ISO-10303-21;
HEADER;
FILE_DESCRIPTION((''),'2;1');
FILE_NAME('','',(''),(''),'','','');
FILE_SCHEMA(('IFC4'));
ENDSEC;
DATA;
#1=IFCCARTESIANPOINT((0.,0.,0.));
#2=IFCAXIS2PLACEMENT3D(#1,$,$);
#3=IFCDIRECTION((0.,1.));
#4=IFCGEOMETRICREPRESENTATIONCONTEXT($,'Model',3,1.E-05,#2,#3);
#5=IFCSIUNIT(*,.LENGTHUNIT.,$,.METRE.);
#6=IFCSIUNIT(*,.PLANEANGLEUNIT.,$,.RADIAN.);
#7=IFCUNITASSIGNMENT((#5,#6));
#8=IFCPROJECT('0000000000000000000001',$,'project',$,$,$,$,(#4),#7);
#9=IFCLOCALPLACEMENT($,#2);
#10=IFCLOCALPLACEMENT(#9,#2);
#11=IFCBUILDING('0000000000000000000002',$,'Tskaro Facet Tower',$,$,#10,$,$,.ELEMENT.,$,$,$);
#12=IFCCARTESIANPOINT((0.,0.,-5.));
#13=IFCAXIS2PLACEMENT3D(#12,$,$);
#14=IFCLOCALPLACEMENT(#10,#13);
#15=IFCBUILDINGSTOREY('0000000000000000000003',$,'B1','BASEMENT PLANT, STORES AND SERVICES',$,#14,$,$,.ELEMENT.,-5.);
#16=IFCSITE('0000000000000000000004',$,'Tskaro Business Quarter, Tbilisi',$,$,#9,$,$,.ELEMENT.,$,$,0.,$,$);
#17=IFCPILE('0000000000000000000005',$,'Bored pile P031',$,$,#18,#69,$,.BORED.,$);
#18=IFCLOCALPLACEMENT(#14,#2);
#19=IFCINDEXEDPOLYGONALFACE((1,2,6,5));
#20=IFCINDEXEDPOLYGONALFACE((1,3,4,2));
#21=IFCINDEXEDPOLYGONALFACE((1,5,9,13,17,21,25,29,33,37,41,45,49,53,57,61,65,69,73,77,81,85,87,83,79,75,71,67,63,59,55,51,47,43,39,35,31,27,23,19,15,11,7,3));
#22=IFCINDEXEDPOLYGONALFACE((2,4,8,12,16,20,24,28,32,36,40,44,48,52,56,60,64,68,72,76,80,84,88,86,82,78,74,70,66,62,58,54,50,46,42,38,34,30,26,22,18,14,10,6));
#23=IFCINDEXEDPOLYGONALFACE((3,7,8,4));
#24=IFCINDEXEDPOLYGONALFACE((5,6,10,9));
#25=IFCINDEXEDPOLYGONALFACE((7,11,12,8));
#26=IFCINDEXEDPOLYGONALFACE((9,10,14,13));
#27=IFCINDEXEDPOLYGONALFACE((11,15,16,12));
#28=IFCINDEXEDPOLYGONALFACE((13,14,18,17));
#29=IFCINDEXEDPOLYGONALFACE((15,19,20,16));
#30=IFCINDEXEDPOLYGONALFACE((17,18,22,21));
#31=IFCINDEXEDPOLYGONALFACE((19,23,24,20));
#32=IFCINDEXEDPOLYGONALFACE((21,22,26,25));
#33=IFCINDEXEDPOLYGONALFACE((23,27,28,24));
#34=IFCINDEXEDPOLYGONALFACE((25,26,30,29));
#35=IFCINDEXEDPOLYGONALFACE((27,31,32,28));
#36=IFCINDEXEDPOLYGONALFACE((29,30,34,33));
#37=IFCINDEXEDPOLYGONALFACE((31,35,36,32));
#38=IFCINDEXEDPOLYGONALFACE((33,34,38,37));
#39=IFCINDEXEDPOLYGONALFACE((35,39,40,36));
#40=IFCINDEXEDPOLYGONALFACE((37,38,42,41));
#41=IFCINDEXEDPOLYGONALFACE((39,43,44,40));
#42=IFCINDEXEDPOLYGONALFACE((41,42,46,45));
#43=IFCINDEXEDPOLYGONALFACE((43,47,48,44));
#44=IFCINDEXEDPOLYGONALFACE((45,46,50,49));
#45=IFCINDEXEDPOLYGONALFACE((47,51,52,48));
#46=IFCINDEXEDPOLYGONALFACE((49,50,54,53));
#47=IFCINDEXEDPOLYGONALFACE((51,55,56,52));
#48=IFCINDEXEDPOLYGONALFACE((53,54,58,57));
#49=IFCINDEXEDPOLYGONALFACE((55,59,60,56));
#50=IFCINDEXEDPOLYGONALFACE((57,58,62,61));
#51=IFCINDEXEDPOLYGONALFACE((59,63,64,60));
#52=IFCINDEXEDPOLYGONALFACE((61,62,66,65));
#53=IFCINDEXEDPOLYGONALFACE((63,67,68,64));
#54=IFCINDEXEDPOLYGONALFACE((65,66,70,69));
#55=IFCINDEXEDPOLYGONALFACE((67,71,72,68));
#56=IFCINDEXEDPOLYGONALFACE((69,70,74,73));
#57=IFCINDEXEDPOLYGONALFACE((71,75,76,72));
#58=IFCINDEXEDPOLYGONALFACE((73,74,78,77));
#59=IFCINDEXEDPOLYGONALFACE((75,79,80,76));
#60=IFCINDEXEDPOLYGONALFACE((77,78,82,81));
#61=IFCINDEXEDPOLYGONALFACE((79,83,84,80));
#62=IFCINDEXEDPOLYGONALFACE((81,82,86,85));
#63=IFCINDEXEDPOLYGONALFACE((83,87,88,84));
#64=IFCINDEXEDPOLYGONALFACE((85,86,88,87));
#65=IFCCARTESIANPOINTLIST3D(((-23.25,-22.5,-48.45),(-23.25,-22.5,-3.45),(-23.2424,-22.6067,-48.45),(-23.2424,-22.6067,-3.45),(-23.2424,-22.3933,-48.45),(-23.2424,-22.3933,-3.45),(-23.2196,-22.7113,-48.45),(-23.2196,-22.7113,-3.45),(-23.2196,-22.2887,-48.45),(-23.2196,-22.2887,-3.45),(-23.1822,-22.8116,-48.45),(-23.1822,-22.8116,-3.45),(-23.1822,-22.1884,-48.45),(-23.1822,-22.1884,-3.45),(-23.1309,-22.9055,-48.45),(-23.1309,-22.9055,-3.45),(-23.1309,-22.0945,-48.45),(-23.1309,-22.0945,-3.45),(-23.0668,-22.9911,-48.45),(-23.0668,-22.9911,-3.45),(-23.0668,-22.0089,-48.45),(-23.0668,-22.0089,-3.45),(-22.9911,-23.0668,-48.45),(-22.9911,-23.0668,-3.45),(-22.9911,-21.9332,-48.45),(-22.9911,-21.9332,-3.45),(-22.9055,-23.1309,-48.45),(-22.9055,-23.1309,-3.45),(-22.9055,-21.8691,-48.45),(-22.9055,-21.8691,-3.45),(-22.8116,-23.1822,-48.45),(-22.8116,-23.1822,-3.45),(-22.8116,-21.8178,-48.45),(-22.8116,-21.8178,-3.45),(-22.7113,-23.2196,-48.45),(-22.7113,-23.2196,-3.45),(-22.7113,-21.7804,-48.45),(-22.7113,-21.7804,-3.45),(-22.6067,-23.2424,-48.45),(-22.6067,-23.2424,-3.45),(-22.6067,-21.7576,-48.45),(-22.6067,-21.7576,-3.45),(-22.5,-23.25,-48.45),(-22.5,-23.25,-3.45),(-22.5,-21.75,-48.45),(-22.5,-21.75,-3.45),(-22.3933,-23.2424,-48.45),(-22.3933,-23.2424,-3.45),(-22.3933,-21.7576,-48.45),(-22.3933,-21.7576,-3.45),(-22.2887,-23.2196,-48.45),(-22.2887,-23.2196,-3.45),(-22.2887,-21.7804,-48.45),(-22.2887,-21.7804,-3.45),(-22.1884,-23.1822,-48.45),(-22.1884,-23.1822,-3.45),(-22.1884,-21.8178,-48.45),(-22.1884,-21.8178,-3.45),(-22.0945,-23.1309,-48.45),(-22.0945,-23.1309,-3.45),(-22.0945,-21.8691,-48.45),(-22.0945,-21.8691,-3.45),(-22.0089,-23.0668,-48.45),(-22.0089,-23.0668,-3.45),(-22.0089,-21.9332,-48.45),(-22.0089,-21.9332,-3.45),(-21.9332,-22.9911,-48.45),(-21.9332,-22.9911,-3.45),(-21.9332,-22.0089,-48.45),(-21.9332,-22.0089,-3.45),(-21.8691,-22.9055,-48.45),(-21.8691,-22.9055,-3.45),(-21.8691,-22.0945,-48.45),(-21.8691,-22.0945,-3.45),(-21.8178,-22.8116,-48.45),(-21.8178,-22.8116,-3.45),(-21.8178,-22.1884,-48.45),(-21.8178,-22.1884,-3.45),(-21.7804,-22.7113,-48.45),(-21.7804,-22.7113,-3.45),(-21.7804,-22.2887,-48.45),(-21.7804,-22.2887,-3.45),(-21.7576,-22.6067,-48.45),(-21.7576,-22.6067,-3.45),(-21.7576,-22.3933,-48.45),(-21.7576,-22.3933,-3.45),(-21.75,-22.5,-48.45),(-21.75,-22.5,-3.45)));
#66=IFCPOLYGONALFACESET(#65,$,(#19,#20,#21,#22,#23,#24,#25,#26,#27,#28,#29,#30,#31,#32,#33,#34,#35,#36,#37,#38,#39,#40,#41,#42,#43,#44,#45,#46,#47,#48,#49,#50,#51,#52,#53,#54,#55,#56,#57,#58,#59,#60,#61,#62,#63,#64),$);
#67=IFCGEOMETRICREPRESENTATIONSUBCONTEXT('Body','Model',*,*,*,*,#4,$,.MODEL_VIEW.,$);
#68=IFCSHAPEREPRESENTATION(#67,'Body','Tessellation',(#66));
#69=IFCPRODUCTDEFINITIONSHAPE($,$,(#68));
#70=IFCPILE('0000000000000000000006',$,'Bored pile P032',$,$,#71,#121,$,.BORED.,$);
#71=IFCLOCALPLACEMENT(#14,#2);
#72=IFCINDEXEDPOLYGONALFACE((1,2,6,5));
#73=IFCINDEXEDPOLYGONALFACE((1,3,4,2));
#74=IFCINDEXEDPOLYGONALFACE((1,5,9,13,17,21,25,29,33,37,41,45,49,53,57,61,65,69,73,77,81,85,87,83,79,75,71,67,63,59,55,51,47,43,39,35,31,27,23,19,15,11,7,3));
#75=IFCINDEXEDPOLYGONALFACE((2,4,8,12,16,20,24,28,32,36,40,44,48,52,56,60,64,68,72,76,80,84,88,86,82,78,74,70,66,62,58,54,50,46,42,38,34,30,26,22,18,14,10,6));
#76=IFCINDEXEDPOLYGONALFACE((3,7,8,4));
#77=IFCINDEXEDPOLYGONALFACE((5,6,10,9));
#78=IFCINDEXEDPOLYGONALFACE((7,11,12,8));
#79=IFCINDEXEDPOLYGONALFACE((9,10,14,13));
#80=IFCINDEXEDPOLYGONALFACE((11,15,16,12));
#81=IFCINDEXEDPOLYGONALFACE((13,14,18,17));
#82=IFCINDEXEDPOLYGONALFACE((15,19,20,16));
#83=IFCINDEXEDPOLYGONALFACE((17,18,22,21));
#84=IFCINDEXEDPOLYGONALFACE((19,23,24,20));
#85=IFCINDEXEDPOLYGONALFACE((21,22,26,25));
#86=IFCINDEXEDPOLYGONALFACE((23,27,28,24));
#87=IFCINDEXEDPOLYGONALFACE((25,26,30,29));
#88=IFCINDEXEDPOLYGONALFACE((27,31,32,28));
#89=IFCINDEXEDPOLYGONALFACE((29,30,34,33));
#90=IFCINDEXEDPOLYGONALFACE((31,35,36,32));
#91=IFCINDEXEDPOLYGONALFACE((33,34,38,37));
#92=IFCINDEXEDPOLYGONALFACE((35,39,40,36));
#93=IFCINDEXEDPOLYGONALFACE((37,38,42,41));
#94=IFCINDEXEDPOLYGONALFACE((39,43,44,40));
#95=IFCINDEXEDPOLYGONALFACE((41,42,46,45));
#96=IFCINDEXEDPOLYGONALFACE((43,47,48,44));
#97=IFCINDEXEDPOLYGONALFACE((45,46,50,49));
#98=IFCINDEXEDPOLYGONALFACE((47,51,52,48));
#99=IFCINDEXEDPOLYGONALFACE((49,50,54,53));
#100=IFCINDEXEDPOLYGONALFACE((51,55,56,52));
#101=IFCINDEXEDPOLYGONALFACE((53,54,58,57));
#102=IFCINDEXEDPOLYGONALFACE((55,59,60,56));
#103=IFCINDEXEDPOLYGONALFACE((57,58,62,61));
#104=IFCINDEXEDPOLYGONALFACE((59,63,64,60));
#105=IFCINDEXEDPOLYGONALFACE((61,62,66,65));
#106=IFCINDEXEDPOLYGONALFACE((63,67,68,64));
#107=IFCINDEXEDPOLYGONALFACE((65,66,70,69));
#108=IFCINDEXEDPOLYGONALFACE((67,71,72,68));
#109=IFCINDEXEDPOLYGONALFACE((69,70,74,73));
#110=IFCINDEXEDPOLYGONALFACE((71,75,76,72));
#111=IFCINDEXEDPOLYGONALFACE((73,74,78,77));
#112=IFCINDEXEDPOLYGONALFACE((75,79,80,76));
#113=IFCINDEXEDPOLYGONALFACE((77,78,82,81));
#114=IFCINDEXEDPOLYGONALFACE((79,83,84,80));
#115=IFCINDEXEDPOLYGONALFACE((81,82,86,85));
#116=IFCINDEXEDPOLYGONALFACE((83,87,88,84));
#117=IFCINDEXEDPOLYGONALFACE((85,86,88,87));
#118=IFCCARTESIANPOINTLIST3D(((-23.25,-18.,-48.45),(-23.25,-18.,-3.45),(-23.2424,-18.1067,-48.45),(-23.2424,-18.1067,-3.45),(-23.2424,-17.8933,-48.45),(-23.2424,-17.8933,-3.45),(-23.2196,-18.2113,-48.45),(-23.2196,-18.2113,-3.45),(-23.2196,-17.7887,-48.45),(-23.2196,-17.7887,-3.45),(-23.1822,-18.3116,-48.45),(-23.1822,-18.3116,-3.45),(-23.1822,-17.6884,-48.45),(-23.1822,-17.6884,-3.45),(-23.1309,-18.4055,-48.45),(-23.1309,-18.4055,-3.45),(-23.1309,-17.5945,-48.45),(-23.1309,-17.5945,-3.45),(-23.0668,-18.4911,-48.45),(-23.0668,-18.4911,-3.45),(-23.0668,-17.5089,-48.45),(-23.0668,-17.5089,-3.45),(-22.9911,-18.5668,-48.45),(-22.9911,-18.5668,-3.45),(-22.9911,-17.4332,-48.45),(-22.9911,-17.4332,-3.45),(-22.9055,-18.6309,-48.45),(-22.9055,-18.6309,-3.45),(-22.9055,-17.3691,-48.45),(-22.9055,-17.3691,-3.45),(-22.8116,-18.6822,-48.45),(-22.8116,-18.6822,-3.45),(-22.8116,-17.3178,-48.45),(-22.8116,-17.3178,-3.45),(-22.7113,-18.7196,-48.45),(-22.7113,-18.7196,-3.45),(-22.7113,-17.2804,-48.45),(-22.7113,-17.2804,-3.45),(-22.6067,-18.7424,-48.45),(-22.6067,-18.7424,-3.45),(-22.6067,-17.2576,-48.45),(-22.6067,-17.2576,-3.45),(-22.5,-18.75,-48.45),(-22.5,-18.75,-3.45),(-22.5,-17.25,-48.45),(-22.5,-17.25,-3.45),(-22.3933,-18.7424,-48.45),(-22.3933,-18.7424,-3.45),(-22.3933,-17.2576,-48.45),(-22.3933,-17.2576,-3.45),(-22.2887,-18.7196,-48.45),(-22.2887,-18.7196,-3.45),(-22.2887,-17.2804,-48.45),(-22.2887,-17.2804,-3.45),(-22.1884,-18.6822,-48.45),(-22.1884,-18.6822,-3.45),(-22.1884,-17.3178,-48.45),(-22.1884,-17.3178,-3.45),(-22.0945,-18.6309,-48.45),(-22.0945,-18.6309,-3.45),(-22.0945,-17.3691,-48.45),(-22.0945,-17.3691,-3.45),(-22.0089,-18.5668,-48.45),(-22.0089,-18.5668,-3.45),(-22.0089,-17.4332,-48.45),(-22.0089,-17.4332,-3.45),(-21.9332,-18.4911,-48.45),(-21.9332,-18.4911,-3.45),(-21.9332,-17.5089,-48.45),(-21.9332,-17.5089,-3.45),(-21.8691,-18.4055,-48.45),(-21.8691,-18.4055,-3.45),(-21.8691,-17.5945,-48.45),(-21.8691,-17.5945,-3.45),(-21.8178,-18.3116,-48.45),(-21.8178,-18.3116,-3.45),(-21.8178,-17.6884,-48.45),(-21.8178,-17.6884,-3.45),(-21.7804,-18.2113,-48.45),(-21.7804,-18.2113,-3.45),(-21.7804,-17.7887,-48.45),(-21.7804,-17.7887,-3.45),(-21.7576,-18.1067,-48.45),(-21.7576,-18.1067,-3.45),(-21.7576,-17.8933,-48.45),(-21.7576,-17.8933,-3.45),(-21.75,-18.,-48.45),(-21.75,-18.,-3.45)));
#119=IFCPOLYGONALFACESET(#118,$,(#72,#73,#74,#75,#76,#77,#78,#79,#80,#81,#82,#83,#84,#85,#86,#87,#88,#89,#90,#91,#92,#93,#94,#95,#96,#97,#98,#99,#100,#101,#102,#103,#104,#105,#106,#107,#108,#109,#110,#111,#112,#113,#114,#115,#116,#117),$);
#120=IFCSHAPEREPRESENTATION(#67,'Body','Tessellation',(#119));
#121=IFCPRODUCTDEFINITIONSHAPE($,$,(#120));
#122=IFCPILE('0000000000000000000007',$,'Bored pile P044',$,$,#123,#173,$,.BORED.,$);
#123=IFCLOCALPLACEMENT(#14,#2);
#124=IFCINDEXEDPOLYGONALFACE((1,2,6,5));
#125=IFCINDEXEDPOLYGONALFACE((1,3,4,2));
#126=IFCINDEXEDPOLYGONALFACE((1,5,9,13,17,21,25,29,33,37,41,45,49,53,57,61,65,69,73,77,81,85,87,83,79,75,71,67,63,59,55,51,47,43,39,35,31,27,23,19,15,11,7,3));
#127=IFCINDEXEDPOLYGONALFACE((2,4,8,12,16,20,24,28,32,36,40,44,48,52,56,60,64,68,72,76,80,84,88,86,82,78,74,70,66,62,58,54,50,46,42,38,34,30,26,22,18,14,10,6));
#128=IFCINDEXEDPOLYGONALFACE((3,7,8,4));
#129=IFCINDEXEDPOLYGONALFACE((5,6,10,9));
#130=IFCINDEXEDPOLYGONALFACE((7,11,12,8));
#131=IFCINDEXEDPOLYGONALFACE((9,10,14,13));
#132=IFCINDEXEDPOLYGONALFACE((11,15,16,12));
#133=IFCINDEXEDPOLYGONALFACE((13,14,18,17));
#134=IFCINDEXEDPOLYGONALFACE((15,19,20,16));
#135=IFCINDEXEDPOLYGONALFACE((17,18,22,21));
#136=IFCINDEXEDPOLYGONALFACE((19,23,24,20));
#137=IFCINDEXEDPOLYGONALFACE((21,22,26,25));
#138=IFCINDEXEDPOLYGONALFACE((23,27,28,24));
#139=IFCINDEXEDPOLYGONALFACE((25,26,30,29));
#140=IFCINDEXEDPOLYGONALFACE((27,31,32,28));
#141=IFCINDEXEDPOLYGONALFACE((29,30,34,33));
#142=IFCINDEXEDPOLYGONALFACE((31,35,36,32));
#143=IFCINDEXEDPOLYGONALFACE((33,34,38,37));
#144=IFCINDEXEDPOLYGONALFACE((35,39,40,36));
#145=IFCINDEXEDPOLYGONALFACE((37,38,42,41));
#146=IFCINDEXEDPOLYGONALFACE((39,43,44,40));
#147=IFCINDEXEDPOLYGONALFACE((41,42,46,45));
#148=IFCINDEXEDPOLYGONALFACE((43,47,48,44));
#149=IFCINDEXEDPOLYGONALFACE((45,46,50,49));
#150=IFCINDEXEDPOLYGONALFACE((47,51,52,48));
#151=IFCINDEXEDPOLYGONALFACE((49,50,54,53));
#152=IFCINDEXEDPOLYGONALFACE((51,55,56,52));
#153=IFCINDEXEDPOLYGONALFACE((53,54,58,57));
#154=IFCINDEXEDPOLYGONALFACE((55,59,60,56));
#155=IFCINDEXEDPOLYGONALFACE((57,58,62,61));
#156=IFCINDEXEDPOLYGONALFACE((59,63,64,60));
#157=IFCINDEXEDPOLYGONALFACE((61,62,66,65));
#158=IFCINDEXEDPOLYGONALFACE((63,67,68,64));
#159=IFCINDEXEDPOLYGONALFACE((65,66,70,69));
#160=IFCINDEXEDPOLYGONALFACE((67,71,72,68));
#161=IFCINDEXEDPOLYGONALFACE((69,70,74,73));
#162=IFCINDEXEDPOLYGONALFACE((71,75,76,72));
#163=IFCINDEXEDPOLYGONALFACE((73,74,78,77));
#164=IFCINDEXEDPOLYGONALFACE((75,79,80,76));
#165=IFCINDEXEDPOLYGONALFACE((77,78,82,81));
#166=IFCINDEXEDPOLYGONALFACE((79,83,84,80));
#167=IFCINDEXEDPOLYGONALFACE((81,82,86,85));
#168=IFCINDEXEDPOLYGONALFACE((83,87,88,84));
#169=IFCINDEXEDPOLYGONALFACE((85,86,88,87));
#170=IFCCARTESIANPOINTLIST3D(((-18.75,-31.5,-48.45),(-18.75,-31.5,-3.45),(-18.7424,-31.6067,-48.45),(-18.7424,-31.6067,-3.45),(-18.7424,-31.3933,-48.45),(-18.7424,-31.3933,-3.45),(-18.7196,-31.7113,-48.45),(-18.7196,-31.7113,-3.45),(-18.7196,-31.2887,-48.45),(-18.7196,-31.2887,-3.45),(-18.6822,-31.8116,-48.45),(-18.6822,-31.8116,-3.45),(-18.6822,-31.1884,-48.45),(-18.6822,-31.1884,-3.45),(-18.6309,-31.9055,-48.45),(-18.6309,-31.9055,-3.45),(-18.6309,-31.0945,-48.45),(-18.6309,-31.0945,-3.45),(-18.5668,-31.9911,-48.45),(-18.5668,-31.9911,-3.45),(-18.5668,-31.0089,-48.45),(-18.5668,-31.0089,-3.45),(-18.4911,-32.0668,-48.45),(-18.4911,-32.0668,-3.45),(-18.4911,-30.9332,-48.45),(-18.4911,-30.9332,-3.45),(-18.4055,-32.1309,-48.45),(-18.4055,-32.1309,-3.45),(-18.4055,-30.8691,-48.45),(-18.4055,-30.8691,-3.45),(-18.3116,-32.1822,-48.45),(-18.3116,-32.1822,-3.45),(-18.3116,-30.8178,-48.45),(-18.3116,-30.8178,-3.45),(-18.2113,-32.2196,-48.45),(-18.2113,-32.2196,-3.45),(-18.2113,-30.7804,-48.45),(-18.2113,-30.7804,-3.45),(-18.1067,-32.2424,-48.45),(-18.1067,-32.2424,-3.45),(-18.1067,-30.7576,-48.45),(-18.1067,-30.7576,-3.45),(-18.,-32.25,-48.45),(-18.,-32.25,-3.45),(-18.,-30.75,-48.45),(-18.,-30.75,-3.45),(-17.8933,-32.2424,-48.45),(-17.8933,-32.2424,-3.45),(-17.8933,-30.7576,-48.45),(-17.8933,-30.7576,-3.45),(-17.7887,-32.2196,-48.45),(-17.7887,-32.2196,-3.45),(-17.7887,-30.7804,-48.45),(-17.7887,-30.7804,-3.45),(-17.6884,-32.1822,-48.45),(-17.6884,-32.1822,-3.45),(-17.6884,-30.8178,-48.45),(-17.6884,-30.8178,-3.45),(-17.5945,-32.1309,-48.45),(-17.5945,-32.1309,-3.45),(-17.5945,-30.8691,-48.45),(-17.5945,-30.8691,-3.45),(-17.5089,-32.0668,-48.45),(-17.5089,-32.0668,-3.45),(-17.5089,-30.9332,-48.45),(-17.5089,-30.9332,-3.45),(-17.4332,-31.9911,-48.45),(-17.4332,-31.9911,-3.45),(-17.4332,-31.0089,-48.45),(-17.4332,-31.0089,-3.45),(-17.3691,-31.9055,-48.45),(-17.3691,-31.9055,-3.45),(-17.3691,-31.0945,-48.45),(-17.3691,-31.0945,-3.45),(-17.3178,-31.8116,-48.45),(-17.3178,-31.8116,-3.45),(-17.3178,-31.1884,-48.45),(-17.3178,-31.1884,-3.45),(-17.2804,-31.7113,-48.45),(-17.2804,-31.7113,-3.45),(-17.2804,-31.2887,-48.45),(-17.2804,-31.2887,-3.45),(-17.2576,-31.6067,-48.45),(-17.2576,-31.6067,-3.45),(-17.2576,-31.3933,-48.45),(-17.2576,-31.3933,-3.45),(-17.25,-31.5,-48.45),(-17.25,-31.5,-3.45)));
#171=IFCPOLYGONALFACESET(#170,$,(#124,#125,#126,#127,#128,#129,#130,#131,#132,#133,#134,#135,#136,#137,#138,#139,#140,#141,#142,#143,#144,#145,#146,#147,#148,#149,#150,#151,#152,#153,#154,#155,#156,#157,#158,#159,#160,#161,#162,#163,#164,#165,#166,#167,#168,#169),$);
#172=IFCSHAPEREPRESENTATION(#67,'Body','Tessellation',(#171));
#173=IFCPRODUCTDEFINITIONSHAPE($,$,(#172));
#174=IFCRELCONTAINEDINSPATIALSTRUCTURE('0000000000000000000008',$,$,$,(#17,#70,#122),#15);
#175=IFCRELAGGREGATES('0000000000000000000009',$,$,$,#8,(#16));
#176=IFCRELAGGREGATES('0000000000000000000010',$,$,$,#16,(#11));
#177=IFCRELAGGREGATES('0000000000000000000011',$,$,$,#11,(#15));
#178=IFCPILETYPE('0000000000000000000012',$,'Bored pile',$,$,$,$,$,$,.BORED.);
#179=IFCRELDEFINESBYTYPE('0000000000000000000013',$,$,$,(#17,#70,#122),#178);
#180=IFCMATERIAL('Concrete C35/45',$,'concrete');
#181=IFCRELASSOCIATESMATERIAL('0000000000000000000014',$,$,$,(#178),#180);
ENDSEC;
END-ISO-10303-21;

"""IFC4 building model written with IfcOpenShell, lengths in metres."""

from ifc_helpers import new_model, si_unit, direction, frame, origin, origin_2d, place, context, subcontext, project, spatial, circle, extrude, material, material_profile, profile_set, type_object, element, save


model = new_model("IFC4")

# Units and contexts
model_context = context("Model", 3, precision=1e-05, world=origin(), true_north=direction((0.0, 1.0)))
body_context = subcontext(model_context, "Body", "Model", "MODEL_VIEW")
ifc_project = project(units=[si_unit("LENGTHUNIT", "METRE"), si_unit("PLANEANGLEUNIT", "RADIAN")], contexts=[model_context])

# Site, building, storey
site_placement = place(None, origin())
site = spatial("IfcSite", under=ifc_project, at=site_placement, Name="Tskaro Business Quarter, Tbilisi", CompositionType="ELEMENT", RefElevation=0.0)
building_placement = place(site_placement, origin())
building = spatial("IfcBuilding", under=site, at=building_placement, Name="Tskaro Facet Tower", CompositionType="ELEMENT")
storey_placement = place(building_placement, frame((0.0, 0.0, -5.0)))
storey = spatial("IfcBuildingStorey", under=building, at=storey_placement, Name="B1", Description="BASEMENT PLANT, STORES AND SERVICES", CompositionType="ELEMENT", Elevation=-5.0)

# Piles
ifc_material_1 = material(Name="Concrete C35/45", Category="concrete")
ifc_material_profile_1 = material_profile(ifc_material_1, circle(Radius=0.75, at=origin_2d()), Name="Bored pile")
ifc_profile_set_1 = profile_set([ifc_material_profile_1], Name="Concrete C35/45")
pile_type = type_object("IfcPileType", Name="Bored pile", PredefinedType="BORED", material=ifc_profile_set_1)
for number, where, z_axis, x_axis, name in (
    (1, (-22.5, -22.5, -3.45), (0.0, 0.0, -1.0), (1.0, 0.0, 0.0), "Bored pile P031"),
    (2, (-22.5, -18.0, -3.45), (0.0, 0.0, -1.0), (1.0, 0.0, 0.0), "Bored pile P032"),
    (3, (-18.0, -31.5, -3.45), (0.0, 0.0, -1.0), (1.0, 0.0, 0.0), "Bored pile P044"),
):
    element("IfcPile", number, at=place(storey_placement, frame(where, z_axis=z_axis, x_axis=x_axis)), inside=storey, type_object=pile_type, Name=name, PredefinedType="BORED", context=body_context, shape_type="SweptSolid", body=[
        extrude(circle(Radius=0.75, at=origin_2d()), origin(), (0.0, 0.0, 1.0), 45.0),
    ])

save(model, "model.ifc")
